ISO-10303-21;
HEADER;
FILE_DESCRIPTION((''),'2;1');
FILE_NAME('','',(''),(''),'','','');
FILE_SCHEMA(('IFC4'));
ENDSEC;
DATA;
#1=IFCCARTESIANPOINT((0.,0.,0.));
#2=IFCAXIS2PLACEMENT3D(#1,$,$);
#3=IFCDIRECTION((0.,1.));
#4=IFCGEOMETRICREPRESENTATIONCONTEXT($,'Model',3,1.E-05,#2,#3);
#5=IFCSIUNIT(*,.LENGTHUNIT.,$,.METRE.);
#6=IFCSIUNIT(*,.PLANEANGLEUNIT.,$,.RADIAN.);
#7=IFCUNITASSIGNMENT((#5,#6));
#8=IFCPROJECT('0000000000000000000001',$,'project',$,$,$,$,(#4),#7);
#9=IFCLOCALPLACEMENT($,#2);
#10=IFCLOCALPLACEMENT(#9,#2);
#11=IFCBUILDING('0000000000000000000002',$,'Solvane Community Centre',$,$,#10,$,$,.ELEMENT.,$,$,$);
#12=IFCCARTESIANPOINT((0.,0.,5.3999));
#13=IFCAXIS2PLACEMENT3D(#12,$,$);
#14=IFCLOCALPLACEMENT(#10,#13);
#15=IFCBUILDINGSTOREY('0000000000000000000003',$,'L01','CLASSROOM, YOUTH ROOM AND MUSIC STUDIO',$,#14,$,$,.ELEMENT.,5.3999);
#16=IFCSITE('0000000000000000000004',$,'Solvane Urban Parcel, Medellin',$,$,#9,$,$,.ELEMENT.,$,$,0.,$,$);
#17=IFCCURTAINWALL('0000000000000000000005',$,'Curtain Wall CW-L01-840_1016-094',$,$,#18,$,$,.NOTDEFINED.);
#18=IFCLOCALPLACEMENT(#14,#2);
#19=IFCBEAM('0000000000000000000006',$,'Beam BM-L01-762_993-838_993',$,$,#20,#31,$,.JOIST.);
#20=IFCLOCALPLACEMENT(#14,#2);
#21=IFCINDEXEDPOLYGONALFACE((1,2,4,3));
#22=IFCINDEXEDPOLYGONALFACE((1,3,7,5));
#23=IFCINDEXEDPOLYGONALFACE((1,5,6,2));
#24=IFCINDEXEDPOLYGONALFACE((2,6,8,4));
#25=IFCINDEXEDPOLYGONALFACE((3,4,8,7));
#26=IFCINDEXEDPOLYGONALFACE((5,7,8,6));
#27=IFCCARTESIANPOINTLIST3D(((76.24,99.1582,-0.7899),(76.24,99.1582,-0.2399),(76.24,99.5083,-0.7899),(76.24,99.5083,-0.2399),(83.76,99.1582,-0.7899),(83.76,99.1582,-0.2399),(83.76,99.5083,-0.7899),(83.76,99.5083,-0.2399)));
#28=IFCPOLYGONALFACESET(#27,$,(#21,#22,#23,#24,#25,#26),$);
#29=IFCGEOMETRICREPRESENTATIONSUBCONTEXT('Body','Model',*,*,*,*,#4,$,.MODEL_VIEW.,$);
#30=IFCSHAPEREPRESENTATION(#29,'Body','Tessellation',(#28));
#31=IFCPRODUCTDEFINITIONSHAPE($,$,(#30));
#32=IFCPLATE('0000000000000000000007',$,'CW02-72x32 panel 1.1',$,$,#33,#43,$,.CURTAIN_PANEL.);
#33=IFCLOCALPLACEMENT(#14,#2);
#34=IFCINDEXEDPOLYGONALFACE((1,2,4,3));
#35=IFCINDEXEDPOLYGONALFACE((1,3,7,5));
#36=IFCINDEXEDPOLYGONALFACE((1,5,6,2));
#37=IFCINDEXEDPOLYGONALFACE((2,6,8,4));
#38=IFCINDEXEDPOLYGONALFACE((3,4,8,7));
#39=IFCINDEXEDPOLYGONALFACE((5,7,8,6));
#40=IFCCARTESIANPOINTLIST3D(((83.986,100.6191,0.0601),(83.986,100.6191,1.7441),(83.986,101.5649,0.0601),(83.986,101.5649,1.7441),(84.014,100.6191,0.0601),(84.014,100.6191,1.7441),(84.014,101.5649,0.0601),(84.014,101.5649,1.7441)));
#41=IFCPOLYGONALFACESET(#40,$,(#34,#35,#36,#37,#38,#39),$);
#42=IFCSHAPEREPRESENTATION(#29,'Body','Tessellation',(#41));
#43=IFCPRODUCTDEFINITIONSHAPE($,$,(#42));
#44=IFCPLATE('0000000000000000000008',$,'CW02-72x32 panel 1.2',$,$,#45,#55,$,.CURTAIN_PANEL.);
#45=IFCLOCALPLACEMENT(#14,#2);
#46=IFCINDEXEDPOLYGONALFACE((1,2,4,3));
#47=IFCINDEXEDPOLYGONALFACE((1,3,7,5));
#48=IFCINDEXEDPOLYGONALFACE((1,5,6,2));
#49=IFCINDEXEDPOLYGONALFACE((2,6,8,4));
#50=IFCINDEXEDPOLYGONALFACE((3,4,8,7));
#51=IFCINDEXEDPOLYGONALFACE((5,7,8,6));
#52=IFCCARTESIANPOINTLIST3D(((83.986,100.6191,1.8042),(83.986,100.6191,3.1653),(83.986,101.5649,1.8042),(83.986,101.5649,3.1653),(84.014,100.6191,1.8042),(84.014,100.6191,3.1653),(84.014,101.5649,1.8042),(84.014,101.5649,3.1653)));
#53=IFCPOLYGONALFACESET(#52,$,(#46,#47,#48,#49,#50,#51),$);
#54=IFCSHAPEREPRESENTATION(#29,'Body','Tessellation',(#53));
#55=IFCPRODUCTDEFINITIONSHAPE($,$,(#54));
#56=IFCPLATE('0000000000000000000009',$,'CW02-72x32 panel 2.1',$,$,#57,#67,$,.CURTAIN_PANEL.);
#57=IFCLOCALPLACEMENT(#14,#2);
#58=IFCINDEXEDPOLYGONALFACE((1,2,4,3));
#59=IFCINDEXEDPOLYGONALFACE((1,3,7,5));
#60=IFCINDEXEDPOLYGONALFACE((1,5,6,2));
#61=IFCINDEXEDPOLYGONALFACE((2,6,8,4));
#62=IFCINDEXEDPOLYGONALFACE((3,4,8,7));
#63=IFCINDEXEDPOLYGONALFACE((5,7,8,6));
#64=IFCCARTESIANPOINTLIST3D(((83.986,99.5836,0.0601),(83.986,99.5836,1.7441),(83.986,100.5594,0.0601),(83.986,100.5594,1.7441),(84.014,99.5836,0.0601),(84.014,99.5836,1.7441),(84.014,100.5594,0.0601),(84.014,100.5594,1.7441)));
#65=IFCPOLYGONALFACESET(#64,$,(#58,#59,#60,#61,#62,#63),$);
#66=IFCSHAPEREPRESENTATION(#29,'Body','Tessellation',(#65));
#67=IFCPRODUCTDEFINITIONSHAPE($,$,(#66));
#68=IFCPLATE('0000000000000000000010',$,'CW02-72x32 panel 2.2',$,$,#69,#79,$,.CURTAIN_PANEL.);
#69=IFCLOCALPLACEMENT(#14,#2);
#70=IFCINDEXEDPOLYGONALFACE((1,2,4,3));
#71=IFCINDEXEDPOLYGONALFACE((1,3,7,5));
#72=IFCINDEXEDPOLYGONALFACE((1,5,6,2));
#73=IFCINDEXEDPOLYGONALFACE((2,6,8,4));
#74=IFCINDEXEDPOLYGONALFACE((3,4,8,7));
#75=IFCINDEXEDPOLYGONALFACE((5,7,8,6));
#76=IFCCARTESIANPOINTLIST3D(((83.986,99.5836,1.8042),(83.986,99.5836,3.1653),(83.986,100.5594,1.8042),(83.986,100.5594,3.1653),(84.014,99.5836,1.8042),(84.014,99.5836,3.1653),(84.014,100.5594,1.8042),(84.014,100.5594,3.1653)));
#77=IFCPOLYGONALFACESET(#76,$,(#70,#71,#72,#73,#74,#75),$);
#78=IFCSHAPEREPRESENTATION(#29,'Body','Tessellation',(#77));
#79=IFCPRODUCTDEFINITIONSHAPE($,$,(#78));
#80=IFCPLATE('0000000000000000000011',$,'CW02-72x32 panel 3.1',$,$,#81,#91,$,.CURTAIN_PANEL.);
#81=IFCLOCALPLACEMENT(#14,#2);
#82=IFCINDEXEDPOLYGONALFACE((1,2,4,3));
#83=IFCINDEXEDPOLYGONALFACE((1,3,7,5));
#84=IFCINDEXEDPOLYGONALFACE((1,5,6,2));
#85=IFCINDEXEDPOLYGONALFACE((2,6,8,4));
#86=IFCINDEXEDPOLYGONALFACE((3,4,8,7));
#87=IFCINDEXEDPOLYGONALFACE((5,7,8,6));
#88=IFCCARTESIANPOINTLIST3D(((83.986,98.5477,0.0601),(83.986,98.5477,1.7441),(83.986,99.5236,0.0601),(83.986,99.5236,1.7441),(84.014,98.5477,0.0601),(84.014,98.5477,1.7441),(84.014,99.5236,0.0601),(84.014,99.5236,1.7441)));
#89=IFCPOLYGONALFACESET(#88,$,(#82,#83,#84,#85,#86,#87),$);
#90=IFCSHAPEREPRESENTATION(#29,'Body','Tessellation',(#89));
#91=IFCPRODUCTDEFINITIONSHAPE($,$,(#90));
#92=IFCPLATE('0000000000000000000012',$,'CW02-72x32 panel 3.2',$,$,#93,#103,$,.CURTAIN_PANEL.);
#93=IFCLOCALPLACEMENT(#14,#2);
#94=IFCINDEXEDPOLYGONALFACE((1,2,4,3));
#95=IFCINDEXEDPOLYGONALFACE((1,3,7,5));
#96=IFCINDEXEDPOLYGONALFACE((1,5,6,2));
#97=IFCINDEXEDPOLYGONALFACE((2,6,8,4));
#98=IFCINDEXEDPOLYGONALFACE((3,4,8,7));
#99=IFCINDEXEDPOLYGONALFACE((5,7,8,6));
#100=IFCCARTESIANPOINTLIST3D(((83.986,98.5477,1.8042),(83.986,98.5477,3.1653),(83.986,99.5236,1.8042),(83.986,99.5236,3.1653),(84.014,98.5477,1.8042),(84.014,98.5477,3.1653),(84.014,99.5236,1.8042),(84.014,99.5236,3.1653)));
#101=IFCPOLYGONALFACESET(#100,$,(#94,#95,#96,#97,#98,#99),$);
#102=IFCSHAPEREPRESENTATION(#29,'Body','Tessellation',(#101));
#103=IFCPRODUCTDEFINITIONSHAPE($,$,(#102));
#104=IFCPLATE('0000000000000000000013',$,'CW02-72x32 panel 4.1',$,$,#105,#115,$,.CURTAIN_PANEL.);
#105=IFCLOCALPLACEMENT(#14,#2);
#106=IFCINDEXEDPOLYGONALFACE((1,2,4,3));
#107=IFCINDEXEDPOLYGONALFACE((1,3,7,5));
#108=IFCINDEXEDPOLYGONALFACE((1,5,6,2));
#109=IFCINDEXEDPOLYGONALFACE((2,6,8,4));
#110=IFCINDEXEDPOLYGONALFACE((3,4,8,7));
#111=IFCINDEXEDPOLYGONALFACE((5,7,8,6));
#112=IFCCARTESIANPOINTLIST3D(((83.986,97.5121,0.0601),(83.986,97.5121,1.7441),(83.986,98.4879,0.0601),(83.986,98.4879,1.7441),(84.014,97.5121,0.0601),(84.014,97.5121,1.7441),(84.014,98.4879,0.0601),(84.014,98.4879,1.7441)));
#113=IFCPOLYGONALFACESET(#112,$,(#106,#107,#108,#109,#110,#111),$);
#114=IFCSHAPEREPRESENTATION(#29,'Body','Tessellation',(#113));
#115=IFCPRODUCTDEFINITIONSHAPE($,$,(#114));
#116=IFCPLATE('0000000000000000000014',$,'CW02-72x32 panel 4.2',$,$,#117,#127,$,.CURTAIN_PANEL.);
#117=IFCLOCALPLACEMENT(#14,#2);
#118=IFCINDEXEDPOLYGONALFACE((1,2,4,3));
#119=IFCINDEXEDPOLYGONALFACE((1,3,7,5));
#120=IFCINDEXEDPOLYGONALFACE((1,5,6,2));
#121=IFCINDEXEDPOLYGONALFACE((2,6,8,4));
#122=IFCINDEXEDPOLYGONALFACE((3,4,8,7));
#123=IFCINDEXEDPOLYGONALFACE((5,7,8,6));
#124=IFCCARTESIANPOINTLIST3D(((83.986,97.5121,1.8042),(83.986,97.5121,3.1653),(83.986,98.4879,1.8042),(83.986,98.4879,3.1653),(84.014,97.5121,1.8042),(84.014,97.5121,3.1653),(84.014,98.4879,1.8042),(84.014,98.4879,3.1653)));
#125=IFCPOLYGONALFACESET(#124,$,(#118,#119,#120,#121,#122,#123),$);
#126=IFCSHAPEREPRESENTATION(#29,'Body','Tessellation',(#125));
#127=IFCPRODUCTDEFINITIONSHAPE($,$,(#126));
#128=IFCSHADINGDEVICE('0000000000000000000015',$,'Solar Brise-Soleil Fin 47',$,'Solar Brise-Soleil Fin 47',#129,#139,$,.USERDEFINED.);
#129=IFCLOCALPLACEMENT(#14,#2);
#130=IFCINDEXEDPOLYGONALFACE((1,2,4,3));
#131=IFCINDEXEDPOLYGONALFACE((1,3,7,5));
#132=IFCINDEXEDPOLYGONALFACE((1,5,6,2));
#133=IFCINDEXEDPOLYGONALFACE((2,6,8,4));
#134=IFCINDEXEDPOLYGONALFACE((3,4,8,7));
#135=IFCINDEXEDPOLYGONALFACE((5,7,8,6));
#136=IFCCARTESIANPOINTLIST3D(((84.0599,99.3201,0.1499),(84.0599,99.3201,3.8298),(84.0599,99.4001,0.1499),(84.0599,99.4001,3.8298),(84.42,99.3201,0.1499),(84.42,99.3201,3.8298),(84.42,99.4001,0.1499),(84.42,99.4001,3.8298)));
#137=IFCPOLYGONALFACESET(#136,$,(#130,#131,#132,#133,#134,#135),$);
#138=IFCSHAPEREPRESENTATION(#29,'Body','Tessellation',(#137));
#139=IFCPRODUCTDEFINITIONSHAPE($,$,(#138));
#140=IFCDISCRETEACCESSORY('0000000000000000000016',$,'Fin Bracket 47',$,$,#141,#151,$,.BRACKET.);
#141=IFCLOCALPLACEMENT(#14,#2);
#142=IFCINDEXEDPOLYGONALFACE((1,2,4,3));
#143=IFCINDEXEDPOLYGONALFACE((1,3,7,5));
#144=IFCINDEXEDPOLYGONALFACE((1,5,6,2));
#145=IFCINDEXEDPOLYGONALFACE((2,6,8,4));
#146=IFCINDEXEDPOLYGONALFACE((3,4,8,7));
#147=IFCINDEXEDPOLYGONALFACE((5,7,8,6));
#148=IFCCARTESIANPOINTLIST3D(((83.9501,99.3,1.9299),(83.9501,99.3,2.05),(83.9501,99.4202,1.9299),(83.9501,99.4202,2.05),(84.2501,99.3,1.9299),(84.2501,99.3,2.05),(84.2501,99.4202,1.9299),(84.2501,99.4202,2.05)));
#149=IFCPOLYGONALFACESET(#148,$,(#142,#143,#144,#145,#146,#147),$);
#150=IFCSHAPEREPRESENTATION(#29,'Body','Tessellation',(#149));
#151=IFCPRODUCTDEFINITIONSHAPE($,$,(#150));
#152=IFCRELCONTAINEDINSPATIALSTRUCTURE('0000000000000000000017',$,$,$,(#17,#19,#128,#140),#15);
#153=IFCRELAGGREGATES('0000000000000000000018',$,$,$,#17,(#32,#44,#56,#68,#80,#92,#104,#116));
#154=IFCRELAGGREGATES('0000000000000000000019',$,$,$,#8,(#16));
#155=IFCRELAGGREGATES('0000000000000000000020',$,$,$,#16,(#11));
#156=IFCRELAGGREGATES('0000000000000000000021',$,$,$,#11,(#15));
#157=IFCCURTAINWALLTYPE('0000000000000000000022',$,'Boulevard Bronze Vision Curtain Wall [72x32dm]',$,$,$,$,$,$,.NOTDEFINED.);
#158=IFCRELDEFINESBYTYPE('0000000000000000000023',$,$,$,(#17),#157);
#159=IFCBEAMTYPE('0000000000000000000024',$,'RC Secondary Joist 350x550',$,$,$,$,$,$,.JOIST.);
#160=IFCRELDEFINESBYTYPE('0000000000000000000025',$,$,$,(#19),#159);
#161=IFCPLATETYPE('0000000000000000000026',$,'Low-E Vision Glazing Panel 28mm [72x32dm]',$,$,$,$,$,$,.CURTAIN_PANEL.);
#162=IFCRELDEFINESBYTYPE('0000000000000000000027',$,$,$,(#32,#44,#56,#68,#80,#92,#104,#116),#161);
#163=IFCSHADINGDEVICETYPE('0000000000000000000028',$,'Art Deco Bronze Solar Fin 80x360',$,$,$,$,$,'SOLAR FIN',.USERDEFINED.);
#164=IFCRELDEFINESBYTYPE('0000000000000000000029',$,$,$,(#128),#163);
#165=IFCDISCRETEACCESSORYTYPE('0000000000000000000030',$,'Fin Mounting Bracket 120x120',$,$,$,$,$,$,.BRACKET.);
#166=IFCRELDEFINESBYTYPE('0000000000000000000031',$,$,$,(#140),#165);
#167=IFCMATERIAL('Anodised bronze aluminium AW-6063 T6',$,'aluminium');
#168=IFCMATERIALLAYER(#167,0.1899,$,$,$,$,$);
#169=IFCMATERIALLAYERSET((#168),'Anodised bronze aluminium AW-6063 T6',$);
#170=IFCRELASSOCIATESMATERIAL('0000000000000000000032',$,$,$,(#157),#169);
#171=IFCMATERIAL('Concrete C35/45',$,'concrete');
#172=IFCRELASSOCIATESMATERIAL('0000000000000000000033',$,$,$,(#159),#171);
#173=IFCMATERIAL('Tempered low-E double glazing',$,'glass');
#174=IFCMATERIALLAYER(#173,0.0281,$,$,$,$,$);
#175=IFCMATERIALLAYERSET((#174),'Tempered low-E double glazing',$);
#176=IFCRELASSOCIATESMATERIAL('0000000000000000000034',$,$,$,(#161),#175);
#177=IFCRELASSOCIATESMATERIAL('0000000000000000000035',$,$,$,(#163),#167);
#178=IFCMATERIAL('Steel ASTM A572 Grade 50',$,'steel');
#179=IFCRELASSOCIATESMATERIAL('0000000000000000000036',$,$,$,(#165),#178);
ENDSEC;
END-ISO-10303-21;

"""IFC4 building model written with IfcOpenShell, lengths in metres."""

from ifc_helpers import new_model, si_unit, direction, frame, origin, origin_2d, place, context, subcontext, project, spatial, rectangle, extrude, material, layer, layer_set, material_profile, profile_set, type_object, element, aggregate, save


model = new_model("IFC4")

# Units and contexts
model_context = context("Model", 3, precision=1e-05, world=origin(), true_north=direction((0.0, 1.0)))
body_context = subcontext(model_context, "Body", "Model", "MODEL_VIEW")
ifc_project = project(units=[si_unit("LENGTHUNIT", "METRE"), si_unit("PLANEANGLEUNIT", "RADIAN")], contexts=[model_context])

# Site, building, storey
site_placement = place(None, origin())
site = spatial("IfcSite", under=ifc_project, at=site_placement, Name="Solvane Urban Parcel, Medellin", CompositionType="ELEMENT", RefElevation=0.0)
building_placement = place(site_placement, origin())
building = spatial("IfcBuilding", under=site, at=building_placement, Name="Solvane Community Centre", CompositionType="ELEMENT")
storey_placement = place(building_placement, frame((0.0, 0.0, 5.3999)))
storey = spatial("IfcBuildingStorey", under=building, at=storey_placement, Name="L01", Description="CLASSROOM, YOUTH ROOM AND MUSIC STUDIO", CompositionType="ELEMENT", Elevation=5.3999)

# Curtain wall
ifc_material_1 = material(Name="Anodised bronze aluminium AW-6063 T6", Category="aluminium")
ifc_layer_1 = layer(ifc_material_1, 0.1899)
ifc_layer_set_1 = layer_set([ifc_layer_1], Name="Anodised bronze aluminium AW-6063 T6")
curtain_wall_type = type_object("IfcCurtainWallType", Name="Boulevard Bronze Vision Curtain Wall [72x32dm]", PredefinedType="NOTDEFINED", material=ifc_layer_set_1)
curtain_wall_placement = place(storey_placement, origin())
curtain_wall = element("IfcCurtainWall", 1, at=curtain_wall_placement, inside=storey, type_object=curtain_wall_type, Name="Curtain Wall CW-L01-840_1016-094", PredefinedType="NOTDEFINED")

# Beam
ifc_material_2 = material(Name="Concrete C35/45", Category="concrete")
ifc_material_profile_1 = material_profile(ifc_material_2, rectangle(XDim=0.3501, YDim=0.55, at=origin_2d()), Name="RC 350x550")
ifc_profile_set_1 = profile_set([ifc_material_profile_1], Name="Concrete C35/45")
beam_type = type_object("IfcBeamType", Name="RC Secondary Joist 350x550", PredefinedType="JOIST", material=ifc_profile_set_1)
beam_placement = place(storey_placement, frame((76.24, 99.3333, -0.5149), z_axis=(1.0, 0.0, 0.0), x_axis=(0.0, 1.0, 0.0)))
element("IfcBeam", 2, at=beam_placement, inside=storey, type_object=beam_type, Name="Beam BM-L01-762_993-838_993", PredefinedType="JOIST", context=body_context, shape_type="SweptSolid", body=[
    extrude(rectangle(XDim=0.3501, YDim=0.55, at=origin_2d()), origin(), (0.0, 0.0, 1.0), 7.52),
])

# Plates
ifc_material_3 = material(Name="Tempered low-E double glazing", Category="glass")
ifc_layer_2 = layer(ifc_material_3, 0.0281)
ifc_layer_set_2 = layer_set([ifc_layer_2], Name="Tempered low-E double glazing")
plate_type = type_object("IfcPlateType", Name="Low-E Vision Glazing Panel 28mm [72x32dm]", PredefinedType="CURTAIN_PANEL", material=ifc_layer_set_2)
plate_1_placement = place(storey_placement, frame((84.0, 101.092, 0.0601), z_axis=(0.0, 0.0, 1.0), x_axis=(0.0, -1.0, 0.0)))
plate_1 = element("IfcPlate", 3, at=plate_1_placement, type_object=plate_type, Name="CW02-72x32 panel 1.1", PredefinedType="CURTAIN_PANEL", context=body_context, shape_type="SweptSolid", body=[
    extrude(rectangle(XDim=0.9458, YDim=0.0281, at=origin_2d()), origin(), (0.0, 0.0, 1.0), 1.6841),
])
plate_2_placement = place(storey_placement, frame((84.0, 101.092, 1.8042), z_axis=(0.0, 0.0, 1.0), x_axis=(0.0, -1.0, 0.0)))
plate_2 = element("IfcPlate", 4, at=plate_2_placement, type_object=plate_type, Name="CW02-72x32 panel 1.2", PredefinedType="CURTAIN_PANEL", context=body_context, shape_type="SweptSolid", body=[
    extrude(rectangle(XDim=0.9458, YDim=0.0281, at=origin_2d()), origin(), (0.0, 0.0, 1.0), 1.3611),
])
plate_3_placement = place(storey_placement, frame((84.0, 100.0715, 0.0601), z_axis=(0.0, 0.0, 1.0), x_axis=(0.0, -1.0, 0.0)))
plate_3 = element("IfcPlate", 5, at=plate_3_placement, type_object=plate_type, Name="CW02-72x32 panel 2.1", PredefinedType="CURTAIN_PANEL", context=body_context, shape_type="SweptSolid", body=[
    extrude(rectangle(XDim=0.9758, YDim=0.0281, at=origin_2d()), origin(), (0.0, 0.0, 1.0), 1.6841),
])
plate_4_placement = place(storey_placement, frame((84.0, 100.0715, 1.8042), z_axis=(0.0, 0.0, 1.0), x_axis=(0.0, -1.0, 0.0)))
plate_4 = element("IfcPlate", 6, at=plate_4_placement, type_object=plate_type, Name="CW02-72x32 panel 2.2", PredefinedType="CURTAIN_PANEL", context=body_context, shape_type="SweptSolid", body=[
    extrude(rectangle(XDim=0.9758, YDim=0.0281, at=origin_2d()), origin(), (0.0, 0.0, 1.0), 1.3611),
])
plate_5_placement = place(storey_placement, frame((84.0, 99.0356, 0.0601), z_axis=(0.0, 0.0, 1.0), x_axis=(0.0, -1.0, 0.0)))
plate_5 = element("IfcPlate", 7, at=plate_5_placement, type_object=plate_type, Name="CW02-72x32 panel 3.1", PredefinedType="CURTAIN_PANEL", context=body_context, shape_type="SweptSolid", body=[
    extrude(rectangle(XDim=0.9758, YDim=0.0281, at=origin_2d()), origin(), (0.0, 0.0, 1.0), 1.6841),
])
plate_6_placement = place(storey_placement, frame((84.0, 99.0356, 1.8042), z_axis=(0.0, 0.0, 1.0), x_axis=(0.0, -1.0, 0.0)))
plate_6 = element("IfcPlate", 8, at=plate_6_placement, type_object=plate_type, Name="CW02-72x32 panel 3.2", PredefinedType="CURTAIN_PANEL", context=body_context, shape_type="SweptSolid", body=[
    extrude(rectangle(XDim=0.9758, YDim=0.0281, at=origin_2d()), origin(), (0.0, 0.0, 1.0), 1.3611),
])
plate_7_placement = place(storey_placement, frame((84.0, 98.0, 0.0601), z_axis=(0.0, 0.0, 1.0), x_axis=(0.0, -1.0, 0.0)))
plate_7 = element("IfcPlate", 9, at=plate_7_placement, type_object=plate_type, Name="CW02-72x32 panel 4.1", PredefinedType="CURTAIN_PANEL", context=body_context, shape_type="SweptSolid", body=[
    extrude(rectangle(XDim=0.9758, YDim=0.0281, at=origin_2d()), origin(), (0.0, 0.0, 1.0), 1.6841),
])
plate_8_placement = place(storey_placement, frame((84.0, 98.0, 1.8042), z_axis=(0.0, 0.0, 1.0), x_axis=(0.0, -1.0, 0.0)))
plate_8 = element("IfcPlate", 10, at=plate_8_placement, type_object=plate_type, Name="CW02-72x32 panel 4.2", PredefinedType="CURTAIN_PANEL", context=body_context, shape_type="SweptSolid", body=[
    extrude(rectangle(XDim=0.9758, YDim=0.0281, at=origin_2d()), origin(), (0.0, 0.0, 1.0), 1.3611),
])
aggregate(curtain_wall, [plate_1, plate_2, plate_3, plate_4, plate_5, plate_6, plate_7, plate_8])

# Shading device
shading_device_type = type_object("IfcShadingDeviceType", Name="Art Deco Bronze Solar Fin 80x360", ElementType="SOLAR FIN", PredefinedType="USERDEFINED", material=ifc_material_1)
shading_device_placement = place(storey_placement, frame((84.24, 99.3601, 0.1499), z_axis=(0.0, 0.0, 1.0), x_axis=(0.0, -1.0, 0.0)))
element("IfcShadingDevice", 11, at=shading_device_placement, inside=storey, type_object=shading_device_type, Name="Solar Brise-Soleil Fin 47", ObjectType="Solar Brise-Soleil Fin 47", PredefinedType="USERDEFINED", context=body_context, shape_type="SweptSolid", body=[
    extrude(rectangle(XDim=0.0801, YDim=0.3601, at=origin_2d()), origin(), (0.0, 0.0, 1.0), 3.6799),
])

# Discrete accessory
ifc_material_4 = material(Name="Steel ASTM A572 Grade 50", Category="steel")
discrete_accessory_type = type_object("IfcDiscreteAccessoryType", Name="Fin Mounting Bracket 120x120", PredefinedType="BRACKET", material=ifc_material_4)
discrete_accessory_placement = place(storey_placement, frame((84.1001, 99.3601, 1.9299), z_axis=(0.0, 0.0, 1.0), x_axis=(0.0, -1.0, 0.0)))
element("IfcDiscreteAccessory", 12, at=discrete_accessory_placement, inside=storey, type_object=discrete_accessory_type, Name="Fin Bracket 47", PredefinedType="BRACKET", context=body_context, shape_type="SweptSolid", body=[
    extrude(rectangle(XDim=0.1201, YDim=0.3, at=origin_2d()), origin(), (0.0, 0.0, 1.0), 0.1201),
])

save(model, "model.ifc")
